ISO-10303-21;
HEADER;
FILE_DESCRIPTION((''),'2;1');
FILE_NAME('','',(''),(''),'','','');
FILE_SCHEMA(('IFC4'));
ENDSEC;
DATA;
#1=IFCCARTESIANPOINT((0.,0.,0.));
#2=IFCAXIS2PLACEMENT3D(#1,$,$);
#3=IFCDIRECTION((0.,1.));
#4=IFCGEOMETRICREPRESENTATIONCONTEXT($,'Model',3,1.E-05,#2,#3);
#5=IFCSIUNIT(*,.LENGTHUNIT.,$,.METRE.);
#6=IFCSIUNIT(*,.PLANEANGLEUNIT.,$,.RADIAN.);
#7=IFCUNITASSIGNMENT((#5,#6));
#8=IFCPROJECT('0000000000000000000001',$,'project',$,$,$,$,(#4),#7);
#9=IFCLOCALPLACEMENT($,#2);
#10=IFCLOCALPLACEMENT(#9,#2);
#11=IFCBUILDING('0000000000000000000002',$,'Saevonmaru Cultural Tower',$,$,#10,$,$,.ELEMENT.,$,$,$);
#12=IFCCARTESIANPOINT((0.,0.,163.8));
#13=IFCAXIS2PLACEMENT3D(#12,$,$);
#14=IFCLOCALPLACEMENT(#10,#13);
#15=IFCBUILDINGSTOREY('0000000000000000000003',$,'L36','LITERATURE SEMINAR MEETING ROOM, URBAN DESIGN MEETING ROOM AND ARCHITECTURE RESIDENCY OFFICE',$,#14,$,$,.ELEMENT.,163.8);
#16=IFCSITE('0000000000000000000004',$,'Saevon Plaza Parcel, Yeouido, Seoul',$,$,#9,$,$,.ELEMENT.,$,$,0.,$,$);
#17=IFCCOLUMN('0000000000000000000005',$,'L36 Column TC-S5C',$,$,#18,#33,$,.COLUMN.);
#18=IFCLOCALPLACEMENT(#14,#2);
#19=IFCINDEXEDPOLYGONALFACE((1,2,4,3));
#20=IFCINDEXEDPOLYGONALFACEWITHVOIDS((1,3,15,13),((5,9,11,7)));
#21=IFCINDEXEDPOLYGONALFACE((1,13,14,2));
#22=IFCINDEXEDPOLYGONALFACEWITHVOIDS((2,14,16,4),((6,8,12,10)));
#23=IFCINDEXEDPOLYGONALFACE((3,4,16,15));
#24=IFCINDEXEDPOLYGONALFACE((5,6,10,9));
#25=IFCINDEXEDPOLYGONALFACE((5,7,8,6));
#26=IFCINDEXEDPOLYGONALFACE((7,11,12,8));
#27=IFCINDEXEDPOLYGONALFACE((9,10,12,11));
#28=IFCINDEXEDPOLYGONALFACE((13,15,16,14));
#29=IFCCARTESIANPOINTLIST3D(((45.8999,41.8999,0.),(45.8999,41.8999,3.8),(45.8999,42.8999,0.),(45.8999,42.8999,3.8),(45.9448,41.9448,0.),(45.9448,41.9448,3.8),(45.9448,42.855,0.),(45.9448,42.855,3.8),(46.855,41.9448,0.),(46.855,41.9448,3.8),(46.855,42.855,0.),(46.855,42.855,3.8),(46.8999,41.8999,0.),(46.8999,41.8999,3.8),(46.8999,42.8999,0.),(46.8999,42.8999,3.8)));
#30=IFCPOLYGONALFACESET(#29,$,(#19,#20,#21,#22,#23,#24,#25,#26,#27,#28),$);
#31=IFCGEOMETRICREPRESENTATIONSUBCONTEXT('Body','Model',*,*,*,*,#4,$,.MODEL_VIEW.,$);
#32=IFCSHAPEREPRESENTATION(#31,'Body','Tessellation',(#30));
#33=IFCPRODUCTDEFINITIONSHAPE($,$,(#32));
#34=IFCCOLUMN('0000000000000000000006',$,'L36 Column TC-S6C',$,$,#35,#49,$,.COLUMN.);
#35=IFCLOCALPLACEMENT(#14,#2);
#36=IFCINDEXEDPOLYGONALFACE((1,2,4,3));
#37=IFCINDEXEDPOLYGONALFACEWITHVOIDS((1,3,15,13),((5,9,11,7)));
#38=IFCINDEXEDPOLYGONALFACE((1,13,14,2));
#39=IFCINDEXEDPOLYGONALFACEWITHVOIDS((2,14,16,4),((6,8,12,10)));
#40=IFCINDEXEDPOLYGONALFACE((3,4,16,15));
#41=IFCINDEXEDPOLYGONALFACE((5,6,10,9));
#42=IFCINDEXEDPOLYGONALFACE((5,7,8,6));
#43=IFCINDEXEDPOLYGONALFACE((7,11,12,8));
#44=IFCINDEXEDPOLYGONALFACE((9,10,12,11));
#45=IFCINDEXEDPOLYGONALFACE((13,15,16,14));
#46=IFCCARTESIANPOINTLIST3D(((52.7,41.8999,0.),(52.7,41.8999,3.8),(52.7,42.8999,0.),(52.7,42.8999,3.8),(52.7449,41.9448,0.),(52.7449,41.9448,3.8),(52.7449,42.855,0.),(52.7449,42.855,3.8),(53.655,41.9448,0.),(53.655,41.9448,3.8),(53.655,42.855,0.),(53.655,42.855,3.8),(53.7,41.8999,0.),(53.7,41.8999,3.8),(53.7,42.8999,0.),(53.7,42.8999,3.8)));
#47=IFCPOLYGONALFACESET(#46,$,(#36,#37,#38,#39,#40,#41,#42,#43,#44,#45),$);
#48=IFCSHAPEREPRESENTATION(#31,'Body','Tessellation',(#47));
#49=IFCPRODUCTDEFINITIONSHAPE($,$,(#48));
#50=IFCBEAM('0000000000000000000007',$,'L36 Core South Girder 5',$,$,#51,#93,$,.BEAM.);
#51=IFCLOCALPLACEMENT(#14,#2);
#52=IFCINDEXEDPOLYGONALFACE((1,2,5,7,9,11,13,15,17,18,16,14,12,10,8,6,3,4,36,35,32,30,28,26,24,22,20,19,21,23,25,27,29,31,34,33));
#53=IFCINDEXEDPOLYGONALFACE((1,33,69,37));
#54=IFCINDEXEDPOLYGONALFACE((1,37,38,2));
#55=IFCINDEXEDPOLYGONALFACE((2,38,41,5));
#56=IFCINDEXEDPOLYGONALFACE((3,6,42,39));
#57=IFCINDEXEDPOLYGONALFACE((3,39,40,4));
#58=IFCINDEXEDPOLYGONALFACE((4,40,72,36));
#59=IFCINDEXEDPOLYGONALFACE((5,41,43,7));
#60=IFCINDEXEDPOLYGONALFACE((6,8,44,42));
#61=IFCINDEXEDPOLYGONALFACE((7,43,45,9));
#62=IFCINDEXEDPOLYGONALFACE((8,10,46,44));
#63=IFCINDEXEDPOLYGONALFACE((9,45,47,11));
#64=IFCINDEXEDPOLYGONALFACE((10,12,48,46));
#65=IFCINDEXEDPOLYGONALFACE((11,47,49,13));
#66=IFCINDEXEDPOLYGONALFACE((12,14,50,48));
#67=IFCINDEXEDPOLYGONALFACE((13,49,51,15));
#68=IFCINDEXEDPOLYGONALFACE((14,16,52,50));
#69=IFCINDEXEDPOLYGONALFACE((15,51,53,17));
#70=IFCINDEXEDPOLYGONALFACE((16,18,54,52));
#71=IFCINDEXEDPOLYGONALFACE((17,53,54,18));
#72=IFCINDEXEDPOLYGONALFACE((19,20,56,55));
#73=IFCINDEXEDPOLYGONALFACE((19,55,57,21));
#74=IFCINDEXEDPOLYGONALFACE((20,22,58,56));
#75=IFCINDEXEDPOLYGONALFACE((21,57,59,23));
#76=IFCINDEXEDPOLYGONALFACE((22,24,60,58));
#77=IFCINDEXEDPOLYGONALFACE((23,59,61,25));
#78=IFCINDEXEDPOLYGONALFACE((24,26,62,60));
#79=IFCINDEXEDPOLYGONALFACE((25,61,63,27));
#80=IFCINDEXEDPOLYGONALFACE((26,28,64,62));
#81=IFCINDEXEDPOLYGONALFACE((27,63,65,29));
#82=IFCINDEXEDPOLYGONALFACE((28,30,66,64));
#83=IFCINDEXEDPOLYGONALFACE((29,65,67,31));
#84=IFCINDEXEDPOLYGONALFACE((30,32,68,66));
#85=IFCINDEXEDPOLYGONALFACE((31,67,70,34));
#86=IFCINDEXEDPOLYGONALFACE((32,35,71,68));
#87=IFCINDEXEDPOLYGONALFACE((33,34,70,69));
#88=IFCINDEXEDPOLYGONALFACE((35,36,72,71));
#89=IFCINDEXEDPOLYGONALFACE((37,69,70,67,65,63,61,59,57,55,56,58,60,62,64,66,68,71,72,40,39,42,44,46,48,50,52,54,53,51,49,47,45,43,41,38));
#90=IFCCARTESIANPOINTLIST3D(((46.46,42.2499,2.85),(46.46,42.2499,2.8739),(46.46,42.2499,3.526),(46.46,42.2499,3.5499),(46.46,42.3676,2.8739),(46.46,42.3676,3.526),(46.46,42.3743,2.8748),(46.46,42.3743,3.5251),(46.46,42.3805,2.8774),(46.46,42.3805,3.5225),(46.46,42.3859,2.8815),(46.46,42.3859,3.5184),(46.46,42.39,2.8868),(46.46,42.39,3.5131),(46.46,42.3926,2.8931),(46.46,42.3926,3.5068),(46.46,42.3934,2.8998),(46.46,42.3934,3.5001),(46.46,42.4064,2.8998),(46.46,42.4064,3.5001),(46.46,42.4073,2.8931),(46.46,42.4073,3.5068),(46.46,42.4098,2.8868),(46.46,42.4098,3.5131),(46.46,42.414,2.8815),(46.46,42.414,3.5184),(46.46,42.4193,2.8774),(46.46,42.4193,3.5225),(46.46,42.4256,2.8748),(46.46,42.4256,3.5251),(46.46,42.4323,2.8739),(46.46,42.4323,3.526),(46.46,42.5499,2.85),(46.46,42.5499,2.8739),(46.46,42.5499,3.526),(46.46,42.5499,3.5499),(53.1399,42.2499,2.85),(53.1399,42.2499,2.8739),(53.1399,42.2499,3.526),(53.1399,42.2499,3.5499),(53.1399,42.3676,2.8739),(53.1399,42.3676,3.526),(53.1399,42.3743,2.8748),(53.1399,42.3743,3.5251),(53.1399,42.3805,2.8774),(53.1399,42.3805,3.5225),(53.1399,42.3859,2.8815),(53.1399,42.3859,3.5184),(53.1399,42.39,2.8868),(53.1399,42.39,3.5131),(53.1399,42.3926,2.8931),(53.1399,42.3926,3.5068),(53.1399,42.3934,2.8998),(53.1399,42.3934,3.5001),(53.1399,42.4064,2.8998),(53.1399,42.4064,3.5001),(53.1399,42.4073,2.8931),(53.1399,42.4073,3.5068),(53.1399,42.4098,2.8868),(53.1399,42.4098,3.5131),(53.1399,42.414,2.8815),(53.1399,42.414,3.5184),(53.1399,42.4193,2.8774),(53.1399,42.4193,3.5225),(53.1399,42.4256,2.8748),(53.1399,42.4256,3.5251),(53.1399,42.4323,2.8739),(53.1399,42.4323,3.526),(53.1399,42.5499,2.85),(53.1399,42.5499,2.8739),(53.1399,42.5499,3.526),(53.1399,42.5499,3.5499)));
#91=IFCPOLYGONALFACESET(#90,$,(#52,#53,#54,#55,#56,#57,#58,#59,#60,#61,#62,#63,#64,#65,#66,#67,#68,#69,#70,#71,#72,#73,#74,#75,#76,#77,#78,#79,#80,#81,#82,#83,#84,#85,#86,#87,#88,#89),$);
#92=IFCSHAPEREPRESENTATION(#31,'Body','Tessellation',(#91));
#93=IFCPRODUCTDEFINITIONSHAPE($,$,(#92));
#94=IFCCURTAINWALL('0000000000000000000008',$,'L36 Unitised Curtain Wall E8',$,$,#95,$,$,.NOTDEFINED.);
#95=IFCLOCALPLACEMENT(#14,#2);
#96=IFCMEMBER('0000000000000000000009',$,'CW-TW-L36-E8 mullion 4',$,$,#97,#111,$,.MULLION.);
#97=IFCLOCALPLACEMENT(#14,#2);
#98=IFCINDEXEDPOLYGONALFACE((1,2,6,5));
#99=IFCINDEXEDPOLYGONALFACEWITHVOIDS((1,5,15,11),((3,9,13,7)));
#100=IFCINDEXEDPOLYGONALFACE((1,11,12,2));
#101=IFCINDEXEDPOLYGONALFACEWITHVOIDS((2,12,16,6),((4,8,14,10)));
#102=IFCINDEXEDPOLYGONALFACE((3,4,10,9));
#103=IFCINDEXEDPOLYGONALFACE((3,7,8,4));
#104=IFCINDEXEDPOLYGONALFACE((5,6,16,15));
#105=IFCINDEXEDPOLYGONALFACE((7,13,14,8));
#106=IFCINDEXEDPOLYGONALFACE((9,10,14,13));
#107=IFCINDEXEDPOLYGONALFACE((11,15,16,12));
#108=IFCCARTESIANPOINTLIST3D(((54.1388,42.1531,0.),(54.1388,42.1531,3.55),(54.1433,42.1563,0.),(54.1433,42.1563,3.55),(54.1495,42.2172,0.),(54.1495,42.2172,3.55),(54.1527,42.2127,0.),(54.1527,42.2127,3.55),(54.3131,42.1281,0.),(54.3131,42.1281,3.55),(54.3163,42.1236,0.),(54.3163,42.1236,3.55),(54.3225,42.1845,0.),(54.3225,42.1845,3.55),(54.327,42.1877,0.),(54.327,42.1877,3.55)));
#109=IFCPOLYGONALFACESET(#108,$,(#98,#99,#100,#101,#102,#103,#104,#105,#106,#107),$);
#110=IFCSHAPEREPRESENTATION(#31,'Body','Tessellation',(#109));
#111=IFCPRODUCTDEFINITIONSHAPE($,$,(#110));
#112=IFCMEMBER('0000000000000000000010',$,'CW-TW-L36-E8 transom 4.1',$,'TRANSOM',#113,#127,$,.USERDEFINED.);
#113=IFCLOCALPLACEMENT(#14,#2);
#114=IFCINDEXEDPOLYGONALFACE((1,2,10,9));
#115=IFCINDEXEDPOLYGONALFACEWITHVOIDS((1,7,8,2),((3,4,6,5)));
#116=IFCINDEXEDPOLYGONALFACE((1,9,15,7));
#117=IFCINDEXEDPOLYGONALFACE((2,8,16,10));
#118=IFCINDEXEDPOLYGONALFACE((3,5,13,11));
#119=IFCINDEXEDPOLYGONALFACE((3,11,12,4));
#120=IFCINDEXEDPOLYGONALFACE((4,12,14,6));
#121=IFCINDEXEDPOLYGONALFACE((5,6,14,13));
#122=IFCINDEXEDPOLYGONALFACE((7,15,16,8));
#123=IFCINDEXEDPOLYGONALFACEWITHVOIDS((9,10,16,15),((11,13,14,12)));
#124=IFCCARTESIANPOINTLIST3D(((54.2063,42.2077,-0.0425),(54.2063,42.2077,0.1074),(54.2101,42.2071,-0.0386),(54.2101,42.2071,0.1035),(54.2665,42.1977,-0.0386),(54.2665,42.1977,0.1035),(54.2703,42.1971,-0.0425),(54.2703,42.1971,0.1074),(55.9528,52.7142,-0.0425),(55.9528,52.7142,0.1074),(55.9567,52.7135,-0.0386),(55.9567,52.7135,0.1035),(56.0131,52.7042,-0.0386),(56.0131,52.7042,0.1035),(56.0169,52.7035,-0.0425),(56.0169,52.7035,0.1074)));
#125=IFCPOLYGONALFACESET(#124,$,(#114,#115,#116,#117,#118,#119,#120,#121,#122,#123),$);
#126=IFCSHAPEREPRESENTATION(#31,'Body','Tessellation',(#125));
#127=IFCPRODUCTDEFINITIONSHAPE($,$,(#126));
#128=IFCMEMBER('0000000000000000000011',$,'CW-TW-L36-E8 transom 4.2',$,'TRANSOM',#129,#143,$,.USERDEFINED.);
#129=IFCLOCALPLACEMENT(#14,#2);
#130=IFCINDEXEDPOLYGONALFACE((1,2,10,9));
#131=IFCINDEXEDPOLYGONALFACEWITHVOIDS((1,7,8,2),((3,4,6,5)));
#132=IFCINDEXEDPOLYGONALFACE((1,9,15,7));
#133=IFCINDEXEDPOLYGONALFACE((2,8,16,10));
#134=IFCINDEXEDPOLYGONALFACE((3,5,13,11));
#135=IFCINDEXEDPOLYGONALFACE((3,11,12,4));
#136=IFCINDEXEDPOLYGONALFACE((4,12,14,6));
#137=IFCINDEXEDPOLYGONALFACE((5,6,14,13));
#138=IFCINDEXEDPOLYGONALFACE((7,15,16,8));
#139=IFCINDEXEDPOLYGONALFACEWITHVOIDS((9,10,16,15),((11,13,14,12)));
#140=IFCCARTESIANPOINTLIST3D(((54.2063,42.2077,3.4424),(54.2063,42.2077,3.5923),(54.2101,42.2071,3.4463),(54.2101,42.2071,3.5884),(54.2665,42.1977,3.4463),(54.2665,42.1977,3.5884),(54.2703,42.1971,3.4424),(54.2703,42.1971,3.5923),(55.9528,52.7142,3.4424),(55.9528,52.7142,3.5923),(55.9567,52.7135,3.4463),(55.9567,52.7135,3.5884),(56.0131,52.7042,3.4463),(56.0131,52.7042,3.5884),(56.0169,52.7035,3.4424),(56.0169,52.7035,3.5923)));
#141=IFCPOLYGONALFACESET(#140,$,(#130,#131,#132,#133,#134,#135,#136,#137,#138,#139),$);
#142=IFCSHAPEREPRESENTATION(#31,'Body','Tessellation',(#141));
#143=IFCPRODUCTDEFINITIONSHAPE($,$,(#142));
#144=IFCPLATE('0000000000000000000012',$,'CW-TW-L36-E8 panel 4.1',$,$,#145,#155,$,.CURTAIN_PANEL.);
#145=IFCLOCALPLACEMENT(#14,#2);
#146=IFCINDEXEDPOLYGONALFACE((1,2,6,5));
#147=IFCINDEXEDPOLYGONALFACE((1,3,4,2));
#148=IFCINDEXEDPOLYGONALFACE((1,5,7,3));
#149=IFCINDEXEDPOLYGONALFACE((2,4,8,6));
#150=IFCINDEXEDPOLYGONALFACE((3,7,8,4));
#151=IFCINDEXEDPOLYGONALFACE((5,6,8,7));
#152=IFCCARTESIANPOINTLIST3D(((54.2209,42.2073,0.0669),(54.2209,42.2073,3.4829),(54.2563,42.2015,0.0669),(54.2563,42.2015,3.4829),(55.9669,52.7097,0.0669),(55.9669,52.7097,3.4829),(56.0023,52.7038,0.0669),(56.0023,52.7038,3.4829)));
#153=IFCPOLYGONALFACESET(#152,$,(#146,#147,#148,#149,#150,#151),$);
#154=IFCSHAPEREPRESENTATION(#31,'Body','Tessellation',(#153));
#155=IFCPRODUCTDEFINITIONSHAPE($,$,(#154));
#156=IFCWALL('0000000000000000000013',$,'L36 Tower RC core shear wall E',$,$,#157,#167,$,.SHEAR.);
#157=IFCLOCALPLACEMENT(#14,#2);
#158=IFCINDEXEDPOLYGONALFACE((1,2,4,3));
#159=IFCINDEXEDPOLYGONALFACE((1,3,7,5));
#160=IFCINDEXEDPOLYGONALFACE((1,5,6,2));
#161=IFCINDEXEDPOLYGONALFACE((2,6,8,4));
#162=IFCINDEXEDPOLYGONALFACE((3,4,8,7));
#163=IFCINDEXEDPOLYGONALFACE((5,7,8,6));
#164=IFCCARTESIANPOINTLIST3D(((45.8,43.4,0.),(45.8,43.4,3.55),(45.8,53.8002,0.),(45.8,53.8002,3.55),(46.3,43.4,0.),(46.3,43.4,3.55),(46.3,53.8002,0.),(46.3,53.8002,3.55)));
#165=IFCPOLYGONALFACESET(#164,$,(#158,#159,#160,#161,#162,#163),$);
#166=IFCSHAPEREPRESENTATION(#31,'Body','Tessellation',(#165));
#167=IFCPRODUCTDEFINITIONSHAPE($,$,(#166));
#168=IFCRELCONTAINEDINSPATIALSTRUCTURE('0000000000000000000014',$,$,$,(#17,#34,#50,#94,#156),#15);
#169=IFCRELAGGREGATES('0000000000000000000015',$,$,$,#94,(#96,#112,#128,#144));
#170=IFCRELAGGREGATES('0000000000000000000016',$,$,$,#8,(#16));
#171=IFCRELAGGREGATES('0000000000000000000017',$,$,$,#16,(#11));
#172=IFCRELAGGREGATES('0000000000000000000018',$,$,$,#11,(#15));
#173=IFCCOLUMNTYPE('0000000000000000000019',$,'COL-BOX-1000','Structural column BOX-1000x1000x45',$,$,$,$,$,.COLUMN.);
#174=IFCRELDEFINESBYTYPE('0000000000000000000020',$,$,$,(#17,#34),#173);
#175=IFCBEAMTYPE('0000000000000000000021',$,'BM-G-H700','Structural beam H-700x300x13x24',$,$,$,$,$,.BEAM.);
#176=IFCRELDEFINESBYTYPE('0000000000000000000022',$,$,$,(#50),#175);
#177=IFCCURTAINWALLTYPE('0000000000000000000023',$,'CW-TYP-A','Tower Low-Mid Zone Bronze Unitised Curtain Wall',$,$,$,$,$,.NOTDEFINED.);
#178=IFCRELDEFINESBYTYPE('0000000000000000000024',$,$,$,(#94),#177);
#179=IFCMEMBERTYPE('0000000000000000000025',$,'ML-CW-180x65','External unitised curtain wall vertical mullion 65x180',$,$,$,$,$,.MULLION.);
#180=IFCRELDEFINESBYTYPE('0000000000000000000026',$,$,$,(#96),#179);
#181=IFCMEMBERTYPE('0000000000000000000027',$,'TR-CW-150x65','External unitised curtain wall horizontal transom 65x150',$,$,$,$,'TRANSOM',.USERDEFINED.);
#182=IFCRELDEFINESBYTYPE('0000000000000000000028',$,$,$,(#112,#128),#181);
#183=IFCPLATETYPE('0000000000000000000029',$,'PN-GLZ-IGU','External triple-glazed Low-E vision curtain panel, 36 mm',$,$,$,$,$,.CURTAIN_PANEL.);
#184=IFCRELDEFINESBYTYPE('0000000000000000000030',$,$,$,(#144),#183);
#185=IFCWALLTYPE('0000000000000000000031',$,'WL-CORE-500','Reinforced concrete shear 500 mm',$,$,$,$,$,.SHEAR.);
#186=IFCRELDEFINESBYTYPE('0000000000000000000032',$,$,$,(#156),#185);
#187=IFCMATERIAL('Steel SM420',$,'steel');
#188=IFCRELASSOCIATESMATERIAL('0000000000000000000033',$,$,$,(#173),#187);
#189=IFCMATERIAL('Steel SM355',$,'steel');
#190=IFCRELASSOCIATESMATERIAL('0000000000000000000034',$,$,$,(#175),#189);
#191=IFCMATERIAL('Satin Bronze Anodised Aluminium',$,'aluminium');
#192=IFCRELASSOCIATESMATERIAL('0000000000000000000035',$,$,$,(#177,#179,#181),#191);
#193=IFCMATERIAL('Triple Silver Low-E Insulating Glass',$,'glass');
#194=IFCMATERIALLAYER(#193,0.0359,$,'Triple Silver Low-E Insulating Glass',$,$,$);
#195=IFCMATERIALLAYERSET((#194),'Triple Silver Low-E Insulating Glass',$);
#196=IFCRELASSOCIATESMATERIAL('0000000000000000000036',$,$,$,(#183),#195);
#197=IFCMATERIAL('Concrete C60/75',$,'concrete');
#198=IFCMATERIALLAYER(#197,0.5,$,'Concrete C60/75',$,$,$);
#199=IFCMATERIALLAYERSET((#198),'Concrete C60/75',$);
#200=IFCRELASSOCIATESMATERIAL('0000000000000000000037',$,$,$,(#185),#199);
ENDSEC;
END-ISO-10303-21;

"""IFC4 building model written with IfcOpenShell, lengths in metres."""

from ifc_helpers import new_model, si_unit, direction, frame, frame_2d, origin, origin_2d, place, context, subcontext, project, spatial, rectangle, hollow_rectangle, i_section, extrude, material, layer, layer_set, material_profile, profile_set, type_object, element, aggregate, save


model = new_model("IFC4")

# Units and contexts
model_context = context("Model", 3, precision=1e-05, world=origin(), true_north=direction((0.0, 1.0)))
body_context = subcontext(model_context, "Body", "Model", "MODEL_VIEW")
ifc_project = project(units=[si_unit("LENGTHUNIT", "METRE"), si_unit("PLANEANGLEUNIT", "RADIAN")], contexts=[model_context])

# Site, building, storey
site_placement = place(None, origin())
site = spatial("IfcSite", under=ifc_project, at=site_placement, Name="Saevon Plaza Parcel, Yeouido, Seoul", CompositionType="ELEMENT", RefElevation=0.0)
building_placement = place(site_placement, origin())
building = spatial("IfcBuilding", under=site, at=building_placement, Name="Saevonmaru Cultural Tower", CompositionType="ELEMENT")
storey_placement = place(building_placement, frame((0.0, 0.0, 163.8)))
storey = spatial("IfcBuildingStorey", under=building, at=storey_placement, Name="L36", Description="LITERATURE SEMINAR MEETING ROOM, URBAN DESIGN MEETING ROOM AND ARCHITECTURE RESIDENCY OFFICE", CompositionType="ELEMENT", Elevation=163.8)

# Columns
ifc_material_1 = material(Name="Steel SM420", Category="steel")
ifc_material_profile_1 = material_profile(ifc_material_1, hollow_rectangle(XDim=1.0, YDim=1.0, WallThickness=0.0449, at=origin_2d()), Name="BOX-1000x1000x45")
ifc_profile_set_1 = profile_set([ifc_material_profile_1], Name="Steel SM420")
column_type = type_object("IfcColumnType", Name="COL-BOX-1000", Description="Structural column BOX-1000x1000x45", PredefinedType="COLUMN", material=ifc_profile_set_1)
for number, where, z_axis, x_axis, name in (
    (1, (46.3999, 42.3999, 0.0), (0.0, 0.0, 1.0), (1.0, 0.0, 0.0), "L36 Column TC-S5C"),
    (2, (53.2, 42.3999, 0.0), (0.0, 0.0, 1.0), (1.0, 0.0, 0.0), "L36 Column TC-S6C"),
):
    element("IfcColumn", number, at=place(storey_placement, frame(where, z_axis=z_axis, x_axis=x_axis)), inside=storey, type_object=column_type, Name=name, PredefinedType="COLUMN", context=body_context, shape_type="SweptSolid", body=[
        extrude(hollow_rectangle(XDim=1.0, YDim=1.0, WallThickness=0.0449, at=origin_2d()), origin(), (0.0, 0.0, 1.0), 3.8),
    ])

# Beam
ifc_material_2 = material(Name="Steel SM355", Category="steel")
ifc_material_profile_2 = material_profile(ifc_material_2, i_section(OverallWidth=0.3, OverallDepth=0.7, WebThickness=0.0129, FlangeThickness=0.0239, FilletRadius=0.0259, at=origin_2d()), Name="H-700x300x13x24")
ifc_profile_set_2 = profile_set([ifc_material_profile_2], Name="Steel SM355")
beam_type = type_object("IfcBeamType", Name="BM-G-H700", Description="Structural beam H-700x300x13x24", PredefinedType="BEAM", material=ifc_profile_set_2)
beam_placement = place(storey_placement, frame((46.46, 42.3999, 3.2), z_axis=(1.0, 0.0, 0.0), x_axis=(0.0, 1.0, 0.0)))
element("IfcBeam", 3, at=beam_placement, inside=storey, type_object=beam_type, Name="L36 Core South Girder 5", PredefinedType="BEAM", context=body_context, shape_type="SweptSolid", body=[
    extrude(i_section(OverallWidth=0.3, OverallDepth=0.7, WebThickness=0.0129, FlangeThickness=0.0239, FilletRadius=0.0259, at=origin_2d()), origin(), (0.0, 0.0, 1.0), 6.6799),
])

# Curtain wall, members, plate
ifc_material_3 = material(Name="Satin Bronze Anodised Aluminium", Category="aluminium")
curtain_wall_type = type_object("IfcCurtainWallType", Name="CW-TYP-A", Description="Tower Low-Mid Zone Bronze Unitised Curtain Wall", PredefinedType="NOTDEFINED", material=ifc_material_3)
curtain_wall_placement = place(storey_placement, origin())
curtain_wall = element("IfcCurtainWall", 4, at=curtain_wall_placement, inside=storey, type_object=curtain_wall_type, Name="L36 Unitised Curtain Wall E8", PredefinedType="NOTDEFINED")
ifc_material_profile_3 = material_profile(ifc_material_3, hollow_rectangle(XDim=0.0649, YDim=0.1799, WallThickness=0.0039, at=origin_2d()), Name="ALU-MULL-180x65x4")
ifc_profile_set_3 = profile_set([ifc_material_profile_3], Name="Satin Bronze Anodised Aluminium")
member_type_1 = type_object("IfcMemberType", Name="ML-CW-180x65", Description="External unitised curtain wall vertical mullion 65x180", PredefinedType="MULLION", material=ifc_profile_set_3)
member_1_placement = place(storey_placement, frame((54.2329, 42.1704, 0.0), z_axis=(0.0, 0.0, 1.0), x_axis=(0.163999, 0.986461, 0.0)))
member_1 = element("IfcMember", 5, at=member_1_placement, type_object=member_type_1, Name="CW-TW-L36-E8 mullion 4", PredefinedType="MULLION", context=body_context, shape_type="SweptSolid", body=[
    extrude(hollow_rectangle(XDim=0.0649, YDim=0.1799, WallThickness=0.0039, at=origin_2d()), origin(), (0.0, 0.0, 1.0), 3.55),
])
ifc_material_profile_4 = material_profile(ifc_material_3, hollow_rectangle(XDim=0.0649, YDim=0.1499, WallThickness=0.0039, at=origin_2d()), Name="ALU-TRAN-150x65x4")
ifc_profile_set_4 = profile_set([ifc_material_profile_4], Name="Satin Bronze Anodised Aluminium")
member_type_2 = type_object("IfcMemberType", Name="TR-CW-150x65", Description="External unitised curtain wall horizontal transom 65x150", ElementType="TRANSOM", PredefinedType="USERDEFINED", material=ifc_profile_set_4)
member_2_placement = place(storey_placement, frame((54.2383, 42.2024, 0.0325), z_axis=(0.16399, 0.986462, 0.0), x_axis=(-0.986462, 0.16399, 0.0)))
member_2 = element("IfcMember", 6, at=member_2_placement, type_object=member_type_2, Name="CW-TW-L36-E8 transom 4.1", ObjectType="TRANSOM", PredefinedType="USERDEFINED", context=body_context, shape_type="SweptSolid", body=[
    extrude(hollow_rectangle(XDim=0.0649, YDim=0.1499, WallThickness=0.0039, at=origin_2d()), origin(), (0.0, 0.0, 1.0), 10.6506),
])
member_3_placement = place(storey_placement, frame((54.2383, 42.2024, 3.5173), z_axis=(0.16399, 0.986462, 0.0), x_axis=(-0.986462, 0.16399, 0.0)))
member_3 = element("IfcMember", 7, at=member_3_placement, type_object=member_type_2, Name="CW-TW-L36-E8 transom 4.2", ObjectType="TRANSOM", PredefinedType="USERDEFINED", context=body_context, shape_type="SweptSolid", body=[
    extrude(hollow_rectangle(XDim=0.0649, YDim=0.1499, WallThickness=0.0039, at=origin_2d()), origin(), (0.0, 0.0, 1.0), 10.6506),
])
ifc_material_4 = material(Name="Triple Silver Low-E Insulating Glass", Category="glass")
ifc_layer_1 = layer(ifc_material_4, 0.0359, Name="Triple Silver Low-E Insulating Glass")
ifc_layer_set_1 = layer_set([ifc_layer_1], Name="Triple Silver Low-E Insulating Glass")
plate_type = type_object("IfcPlateType", Name="PN-GLZ-IGU", Description="External triple-glazed Low-E vision curtain panel, 36 mm", PredefinedType="CURTAIN_PANEL", material=ifc_layer_set_1)
plate_placement = place(storey_placement, frame((55.1116, 47.4556, 0.0669), z_axis=(0.0, 0.0, 1.0), x_axis=(0.163999, 0.986461, 0.0)))
plate = element("IfcPlate", 8, at=plate_placement, type_object=plate_type, Name="CW-TW-L36-E8 panel 4.1", PredefinedType="CURTAIN_PANEL", context=body_context, shape_type="SweptSolid", body=[
    extrude(rectangle(XDim=10.6465, YDim=0.0359, at=origin_2d()), origin(), (0.0, 0.0, 1.0), 3.416),
])
aggregate(curtain_wall, [member_1, member_2, member_3, plate])

# Wall
ifc_material_5 = material(Name="Concrete C60/75", Category="concrete")
ifc_layer_2 = layer(ifc_material_5, 0.5, Name="Concrete C60/75")
ifc_layer_set_2 = layer_set([ifc_layer_2], Name="Concrete C60/75")
wall_type_1 = type_object("IfcWallType", Name="WL-CORE-500", Description="Reinforced concrete shear 500 mm", PredefinedType="SHEAR", material=ifc_layer_set_2)
wall_1_placement = place(storey_placement, frame((46.05, 43.3999, 0.0), z_axis=(0.0, 0.0, 1.0), x_axis=(0.0, 1.0, 0.0)))
element("IfcWall", 9, at=wall_1_placement, inside=storey, type_object=wall_type_1, Name="L36 Tower RC core shear wall E", PredefinedType="SHEAR", context=body_context, shape_type="SweptSolid", body=[
    extrude(rectangle(XDim=10.4001, YDim=0.5, at=frame_2d((5.2002, 0.0))), origin(), (0.0, 0.0, 1.0), 3.55),
])

save(model, "model.ifc")
